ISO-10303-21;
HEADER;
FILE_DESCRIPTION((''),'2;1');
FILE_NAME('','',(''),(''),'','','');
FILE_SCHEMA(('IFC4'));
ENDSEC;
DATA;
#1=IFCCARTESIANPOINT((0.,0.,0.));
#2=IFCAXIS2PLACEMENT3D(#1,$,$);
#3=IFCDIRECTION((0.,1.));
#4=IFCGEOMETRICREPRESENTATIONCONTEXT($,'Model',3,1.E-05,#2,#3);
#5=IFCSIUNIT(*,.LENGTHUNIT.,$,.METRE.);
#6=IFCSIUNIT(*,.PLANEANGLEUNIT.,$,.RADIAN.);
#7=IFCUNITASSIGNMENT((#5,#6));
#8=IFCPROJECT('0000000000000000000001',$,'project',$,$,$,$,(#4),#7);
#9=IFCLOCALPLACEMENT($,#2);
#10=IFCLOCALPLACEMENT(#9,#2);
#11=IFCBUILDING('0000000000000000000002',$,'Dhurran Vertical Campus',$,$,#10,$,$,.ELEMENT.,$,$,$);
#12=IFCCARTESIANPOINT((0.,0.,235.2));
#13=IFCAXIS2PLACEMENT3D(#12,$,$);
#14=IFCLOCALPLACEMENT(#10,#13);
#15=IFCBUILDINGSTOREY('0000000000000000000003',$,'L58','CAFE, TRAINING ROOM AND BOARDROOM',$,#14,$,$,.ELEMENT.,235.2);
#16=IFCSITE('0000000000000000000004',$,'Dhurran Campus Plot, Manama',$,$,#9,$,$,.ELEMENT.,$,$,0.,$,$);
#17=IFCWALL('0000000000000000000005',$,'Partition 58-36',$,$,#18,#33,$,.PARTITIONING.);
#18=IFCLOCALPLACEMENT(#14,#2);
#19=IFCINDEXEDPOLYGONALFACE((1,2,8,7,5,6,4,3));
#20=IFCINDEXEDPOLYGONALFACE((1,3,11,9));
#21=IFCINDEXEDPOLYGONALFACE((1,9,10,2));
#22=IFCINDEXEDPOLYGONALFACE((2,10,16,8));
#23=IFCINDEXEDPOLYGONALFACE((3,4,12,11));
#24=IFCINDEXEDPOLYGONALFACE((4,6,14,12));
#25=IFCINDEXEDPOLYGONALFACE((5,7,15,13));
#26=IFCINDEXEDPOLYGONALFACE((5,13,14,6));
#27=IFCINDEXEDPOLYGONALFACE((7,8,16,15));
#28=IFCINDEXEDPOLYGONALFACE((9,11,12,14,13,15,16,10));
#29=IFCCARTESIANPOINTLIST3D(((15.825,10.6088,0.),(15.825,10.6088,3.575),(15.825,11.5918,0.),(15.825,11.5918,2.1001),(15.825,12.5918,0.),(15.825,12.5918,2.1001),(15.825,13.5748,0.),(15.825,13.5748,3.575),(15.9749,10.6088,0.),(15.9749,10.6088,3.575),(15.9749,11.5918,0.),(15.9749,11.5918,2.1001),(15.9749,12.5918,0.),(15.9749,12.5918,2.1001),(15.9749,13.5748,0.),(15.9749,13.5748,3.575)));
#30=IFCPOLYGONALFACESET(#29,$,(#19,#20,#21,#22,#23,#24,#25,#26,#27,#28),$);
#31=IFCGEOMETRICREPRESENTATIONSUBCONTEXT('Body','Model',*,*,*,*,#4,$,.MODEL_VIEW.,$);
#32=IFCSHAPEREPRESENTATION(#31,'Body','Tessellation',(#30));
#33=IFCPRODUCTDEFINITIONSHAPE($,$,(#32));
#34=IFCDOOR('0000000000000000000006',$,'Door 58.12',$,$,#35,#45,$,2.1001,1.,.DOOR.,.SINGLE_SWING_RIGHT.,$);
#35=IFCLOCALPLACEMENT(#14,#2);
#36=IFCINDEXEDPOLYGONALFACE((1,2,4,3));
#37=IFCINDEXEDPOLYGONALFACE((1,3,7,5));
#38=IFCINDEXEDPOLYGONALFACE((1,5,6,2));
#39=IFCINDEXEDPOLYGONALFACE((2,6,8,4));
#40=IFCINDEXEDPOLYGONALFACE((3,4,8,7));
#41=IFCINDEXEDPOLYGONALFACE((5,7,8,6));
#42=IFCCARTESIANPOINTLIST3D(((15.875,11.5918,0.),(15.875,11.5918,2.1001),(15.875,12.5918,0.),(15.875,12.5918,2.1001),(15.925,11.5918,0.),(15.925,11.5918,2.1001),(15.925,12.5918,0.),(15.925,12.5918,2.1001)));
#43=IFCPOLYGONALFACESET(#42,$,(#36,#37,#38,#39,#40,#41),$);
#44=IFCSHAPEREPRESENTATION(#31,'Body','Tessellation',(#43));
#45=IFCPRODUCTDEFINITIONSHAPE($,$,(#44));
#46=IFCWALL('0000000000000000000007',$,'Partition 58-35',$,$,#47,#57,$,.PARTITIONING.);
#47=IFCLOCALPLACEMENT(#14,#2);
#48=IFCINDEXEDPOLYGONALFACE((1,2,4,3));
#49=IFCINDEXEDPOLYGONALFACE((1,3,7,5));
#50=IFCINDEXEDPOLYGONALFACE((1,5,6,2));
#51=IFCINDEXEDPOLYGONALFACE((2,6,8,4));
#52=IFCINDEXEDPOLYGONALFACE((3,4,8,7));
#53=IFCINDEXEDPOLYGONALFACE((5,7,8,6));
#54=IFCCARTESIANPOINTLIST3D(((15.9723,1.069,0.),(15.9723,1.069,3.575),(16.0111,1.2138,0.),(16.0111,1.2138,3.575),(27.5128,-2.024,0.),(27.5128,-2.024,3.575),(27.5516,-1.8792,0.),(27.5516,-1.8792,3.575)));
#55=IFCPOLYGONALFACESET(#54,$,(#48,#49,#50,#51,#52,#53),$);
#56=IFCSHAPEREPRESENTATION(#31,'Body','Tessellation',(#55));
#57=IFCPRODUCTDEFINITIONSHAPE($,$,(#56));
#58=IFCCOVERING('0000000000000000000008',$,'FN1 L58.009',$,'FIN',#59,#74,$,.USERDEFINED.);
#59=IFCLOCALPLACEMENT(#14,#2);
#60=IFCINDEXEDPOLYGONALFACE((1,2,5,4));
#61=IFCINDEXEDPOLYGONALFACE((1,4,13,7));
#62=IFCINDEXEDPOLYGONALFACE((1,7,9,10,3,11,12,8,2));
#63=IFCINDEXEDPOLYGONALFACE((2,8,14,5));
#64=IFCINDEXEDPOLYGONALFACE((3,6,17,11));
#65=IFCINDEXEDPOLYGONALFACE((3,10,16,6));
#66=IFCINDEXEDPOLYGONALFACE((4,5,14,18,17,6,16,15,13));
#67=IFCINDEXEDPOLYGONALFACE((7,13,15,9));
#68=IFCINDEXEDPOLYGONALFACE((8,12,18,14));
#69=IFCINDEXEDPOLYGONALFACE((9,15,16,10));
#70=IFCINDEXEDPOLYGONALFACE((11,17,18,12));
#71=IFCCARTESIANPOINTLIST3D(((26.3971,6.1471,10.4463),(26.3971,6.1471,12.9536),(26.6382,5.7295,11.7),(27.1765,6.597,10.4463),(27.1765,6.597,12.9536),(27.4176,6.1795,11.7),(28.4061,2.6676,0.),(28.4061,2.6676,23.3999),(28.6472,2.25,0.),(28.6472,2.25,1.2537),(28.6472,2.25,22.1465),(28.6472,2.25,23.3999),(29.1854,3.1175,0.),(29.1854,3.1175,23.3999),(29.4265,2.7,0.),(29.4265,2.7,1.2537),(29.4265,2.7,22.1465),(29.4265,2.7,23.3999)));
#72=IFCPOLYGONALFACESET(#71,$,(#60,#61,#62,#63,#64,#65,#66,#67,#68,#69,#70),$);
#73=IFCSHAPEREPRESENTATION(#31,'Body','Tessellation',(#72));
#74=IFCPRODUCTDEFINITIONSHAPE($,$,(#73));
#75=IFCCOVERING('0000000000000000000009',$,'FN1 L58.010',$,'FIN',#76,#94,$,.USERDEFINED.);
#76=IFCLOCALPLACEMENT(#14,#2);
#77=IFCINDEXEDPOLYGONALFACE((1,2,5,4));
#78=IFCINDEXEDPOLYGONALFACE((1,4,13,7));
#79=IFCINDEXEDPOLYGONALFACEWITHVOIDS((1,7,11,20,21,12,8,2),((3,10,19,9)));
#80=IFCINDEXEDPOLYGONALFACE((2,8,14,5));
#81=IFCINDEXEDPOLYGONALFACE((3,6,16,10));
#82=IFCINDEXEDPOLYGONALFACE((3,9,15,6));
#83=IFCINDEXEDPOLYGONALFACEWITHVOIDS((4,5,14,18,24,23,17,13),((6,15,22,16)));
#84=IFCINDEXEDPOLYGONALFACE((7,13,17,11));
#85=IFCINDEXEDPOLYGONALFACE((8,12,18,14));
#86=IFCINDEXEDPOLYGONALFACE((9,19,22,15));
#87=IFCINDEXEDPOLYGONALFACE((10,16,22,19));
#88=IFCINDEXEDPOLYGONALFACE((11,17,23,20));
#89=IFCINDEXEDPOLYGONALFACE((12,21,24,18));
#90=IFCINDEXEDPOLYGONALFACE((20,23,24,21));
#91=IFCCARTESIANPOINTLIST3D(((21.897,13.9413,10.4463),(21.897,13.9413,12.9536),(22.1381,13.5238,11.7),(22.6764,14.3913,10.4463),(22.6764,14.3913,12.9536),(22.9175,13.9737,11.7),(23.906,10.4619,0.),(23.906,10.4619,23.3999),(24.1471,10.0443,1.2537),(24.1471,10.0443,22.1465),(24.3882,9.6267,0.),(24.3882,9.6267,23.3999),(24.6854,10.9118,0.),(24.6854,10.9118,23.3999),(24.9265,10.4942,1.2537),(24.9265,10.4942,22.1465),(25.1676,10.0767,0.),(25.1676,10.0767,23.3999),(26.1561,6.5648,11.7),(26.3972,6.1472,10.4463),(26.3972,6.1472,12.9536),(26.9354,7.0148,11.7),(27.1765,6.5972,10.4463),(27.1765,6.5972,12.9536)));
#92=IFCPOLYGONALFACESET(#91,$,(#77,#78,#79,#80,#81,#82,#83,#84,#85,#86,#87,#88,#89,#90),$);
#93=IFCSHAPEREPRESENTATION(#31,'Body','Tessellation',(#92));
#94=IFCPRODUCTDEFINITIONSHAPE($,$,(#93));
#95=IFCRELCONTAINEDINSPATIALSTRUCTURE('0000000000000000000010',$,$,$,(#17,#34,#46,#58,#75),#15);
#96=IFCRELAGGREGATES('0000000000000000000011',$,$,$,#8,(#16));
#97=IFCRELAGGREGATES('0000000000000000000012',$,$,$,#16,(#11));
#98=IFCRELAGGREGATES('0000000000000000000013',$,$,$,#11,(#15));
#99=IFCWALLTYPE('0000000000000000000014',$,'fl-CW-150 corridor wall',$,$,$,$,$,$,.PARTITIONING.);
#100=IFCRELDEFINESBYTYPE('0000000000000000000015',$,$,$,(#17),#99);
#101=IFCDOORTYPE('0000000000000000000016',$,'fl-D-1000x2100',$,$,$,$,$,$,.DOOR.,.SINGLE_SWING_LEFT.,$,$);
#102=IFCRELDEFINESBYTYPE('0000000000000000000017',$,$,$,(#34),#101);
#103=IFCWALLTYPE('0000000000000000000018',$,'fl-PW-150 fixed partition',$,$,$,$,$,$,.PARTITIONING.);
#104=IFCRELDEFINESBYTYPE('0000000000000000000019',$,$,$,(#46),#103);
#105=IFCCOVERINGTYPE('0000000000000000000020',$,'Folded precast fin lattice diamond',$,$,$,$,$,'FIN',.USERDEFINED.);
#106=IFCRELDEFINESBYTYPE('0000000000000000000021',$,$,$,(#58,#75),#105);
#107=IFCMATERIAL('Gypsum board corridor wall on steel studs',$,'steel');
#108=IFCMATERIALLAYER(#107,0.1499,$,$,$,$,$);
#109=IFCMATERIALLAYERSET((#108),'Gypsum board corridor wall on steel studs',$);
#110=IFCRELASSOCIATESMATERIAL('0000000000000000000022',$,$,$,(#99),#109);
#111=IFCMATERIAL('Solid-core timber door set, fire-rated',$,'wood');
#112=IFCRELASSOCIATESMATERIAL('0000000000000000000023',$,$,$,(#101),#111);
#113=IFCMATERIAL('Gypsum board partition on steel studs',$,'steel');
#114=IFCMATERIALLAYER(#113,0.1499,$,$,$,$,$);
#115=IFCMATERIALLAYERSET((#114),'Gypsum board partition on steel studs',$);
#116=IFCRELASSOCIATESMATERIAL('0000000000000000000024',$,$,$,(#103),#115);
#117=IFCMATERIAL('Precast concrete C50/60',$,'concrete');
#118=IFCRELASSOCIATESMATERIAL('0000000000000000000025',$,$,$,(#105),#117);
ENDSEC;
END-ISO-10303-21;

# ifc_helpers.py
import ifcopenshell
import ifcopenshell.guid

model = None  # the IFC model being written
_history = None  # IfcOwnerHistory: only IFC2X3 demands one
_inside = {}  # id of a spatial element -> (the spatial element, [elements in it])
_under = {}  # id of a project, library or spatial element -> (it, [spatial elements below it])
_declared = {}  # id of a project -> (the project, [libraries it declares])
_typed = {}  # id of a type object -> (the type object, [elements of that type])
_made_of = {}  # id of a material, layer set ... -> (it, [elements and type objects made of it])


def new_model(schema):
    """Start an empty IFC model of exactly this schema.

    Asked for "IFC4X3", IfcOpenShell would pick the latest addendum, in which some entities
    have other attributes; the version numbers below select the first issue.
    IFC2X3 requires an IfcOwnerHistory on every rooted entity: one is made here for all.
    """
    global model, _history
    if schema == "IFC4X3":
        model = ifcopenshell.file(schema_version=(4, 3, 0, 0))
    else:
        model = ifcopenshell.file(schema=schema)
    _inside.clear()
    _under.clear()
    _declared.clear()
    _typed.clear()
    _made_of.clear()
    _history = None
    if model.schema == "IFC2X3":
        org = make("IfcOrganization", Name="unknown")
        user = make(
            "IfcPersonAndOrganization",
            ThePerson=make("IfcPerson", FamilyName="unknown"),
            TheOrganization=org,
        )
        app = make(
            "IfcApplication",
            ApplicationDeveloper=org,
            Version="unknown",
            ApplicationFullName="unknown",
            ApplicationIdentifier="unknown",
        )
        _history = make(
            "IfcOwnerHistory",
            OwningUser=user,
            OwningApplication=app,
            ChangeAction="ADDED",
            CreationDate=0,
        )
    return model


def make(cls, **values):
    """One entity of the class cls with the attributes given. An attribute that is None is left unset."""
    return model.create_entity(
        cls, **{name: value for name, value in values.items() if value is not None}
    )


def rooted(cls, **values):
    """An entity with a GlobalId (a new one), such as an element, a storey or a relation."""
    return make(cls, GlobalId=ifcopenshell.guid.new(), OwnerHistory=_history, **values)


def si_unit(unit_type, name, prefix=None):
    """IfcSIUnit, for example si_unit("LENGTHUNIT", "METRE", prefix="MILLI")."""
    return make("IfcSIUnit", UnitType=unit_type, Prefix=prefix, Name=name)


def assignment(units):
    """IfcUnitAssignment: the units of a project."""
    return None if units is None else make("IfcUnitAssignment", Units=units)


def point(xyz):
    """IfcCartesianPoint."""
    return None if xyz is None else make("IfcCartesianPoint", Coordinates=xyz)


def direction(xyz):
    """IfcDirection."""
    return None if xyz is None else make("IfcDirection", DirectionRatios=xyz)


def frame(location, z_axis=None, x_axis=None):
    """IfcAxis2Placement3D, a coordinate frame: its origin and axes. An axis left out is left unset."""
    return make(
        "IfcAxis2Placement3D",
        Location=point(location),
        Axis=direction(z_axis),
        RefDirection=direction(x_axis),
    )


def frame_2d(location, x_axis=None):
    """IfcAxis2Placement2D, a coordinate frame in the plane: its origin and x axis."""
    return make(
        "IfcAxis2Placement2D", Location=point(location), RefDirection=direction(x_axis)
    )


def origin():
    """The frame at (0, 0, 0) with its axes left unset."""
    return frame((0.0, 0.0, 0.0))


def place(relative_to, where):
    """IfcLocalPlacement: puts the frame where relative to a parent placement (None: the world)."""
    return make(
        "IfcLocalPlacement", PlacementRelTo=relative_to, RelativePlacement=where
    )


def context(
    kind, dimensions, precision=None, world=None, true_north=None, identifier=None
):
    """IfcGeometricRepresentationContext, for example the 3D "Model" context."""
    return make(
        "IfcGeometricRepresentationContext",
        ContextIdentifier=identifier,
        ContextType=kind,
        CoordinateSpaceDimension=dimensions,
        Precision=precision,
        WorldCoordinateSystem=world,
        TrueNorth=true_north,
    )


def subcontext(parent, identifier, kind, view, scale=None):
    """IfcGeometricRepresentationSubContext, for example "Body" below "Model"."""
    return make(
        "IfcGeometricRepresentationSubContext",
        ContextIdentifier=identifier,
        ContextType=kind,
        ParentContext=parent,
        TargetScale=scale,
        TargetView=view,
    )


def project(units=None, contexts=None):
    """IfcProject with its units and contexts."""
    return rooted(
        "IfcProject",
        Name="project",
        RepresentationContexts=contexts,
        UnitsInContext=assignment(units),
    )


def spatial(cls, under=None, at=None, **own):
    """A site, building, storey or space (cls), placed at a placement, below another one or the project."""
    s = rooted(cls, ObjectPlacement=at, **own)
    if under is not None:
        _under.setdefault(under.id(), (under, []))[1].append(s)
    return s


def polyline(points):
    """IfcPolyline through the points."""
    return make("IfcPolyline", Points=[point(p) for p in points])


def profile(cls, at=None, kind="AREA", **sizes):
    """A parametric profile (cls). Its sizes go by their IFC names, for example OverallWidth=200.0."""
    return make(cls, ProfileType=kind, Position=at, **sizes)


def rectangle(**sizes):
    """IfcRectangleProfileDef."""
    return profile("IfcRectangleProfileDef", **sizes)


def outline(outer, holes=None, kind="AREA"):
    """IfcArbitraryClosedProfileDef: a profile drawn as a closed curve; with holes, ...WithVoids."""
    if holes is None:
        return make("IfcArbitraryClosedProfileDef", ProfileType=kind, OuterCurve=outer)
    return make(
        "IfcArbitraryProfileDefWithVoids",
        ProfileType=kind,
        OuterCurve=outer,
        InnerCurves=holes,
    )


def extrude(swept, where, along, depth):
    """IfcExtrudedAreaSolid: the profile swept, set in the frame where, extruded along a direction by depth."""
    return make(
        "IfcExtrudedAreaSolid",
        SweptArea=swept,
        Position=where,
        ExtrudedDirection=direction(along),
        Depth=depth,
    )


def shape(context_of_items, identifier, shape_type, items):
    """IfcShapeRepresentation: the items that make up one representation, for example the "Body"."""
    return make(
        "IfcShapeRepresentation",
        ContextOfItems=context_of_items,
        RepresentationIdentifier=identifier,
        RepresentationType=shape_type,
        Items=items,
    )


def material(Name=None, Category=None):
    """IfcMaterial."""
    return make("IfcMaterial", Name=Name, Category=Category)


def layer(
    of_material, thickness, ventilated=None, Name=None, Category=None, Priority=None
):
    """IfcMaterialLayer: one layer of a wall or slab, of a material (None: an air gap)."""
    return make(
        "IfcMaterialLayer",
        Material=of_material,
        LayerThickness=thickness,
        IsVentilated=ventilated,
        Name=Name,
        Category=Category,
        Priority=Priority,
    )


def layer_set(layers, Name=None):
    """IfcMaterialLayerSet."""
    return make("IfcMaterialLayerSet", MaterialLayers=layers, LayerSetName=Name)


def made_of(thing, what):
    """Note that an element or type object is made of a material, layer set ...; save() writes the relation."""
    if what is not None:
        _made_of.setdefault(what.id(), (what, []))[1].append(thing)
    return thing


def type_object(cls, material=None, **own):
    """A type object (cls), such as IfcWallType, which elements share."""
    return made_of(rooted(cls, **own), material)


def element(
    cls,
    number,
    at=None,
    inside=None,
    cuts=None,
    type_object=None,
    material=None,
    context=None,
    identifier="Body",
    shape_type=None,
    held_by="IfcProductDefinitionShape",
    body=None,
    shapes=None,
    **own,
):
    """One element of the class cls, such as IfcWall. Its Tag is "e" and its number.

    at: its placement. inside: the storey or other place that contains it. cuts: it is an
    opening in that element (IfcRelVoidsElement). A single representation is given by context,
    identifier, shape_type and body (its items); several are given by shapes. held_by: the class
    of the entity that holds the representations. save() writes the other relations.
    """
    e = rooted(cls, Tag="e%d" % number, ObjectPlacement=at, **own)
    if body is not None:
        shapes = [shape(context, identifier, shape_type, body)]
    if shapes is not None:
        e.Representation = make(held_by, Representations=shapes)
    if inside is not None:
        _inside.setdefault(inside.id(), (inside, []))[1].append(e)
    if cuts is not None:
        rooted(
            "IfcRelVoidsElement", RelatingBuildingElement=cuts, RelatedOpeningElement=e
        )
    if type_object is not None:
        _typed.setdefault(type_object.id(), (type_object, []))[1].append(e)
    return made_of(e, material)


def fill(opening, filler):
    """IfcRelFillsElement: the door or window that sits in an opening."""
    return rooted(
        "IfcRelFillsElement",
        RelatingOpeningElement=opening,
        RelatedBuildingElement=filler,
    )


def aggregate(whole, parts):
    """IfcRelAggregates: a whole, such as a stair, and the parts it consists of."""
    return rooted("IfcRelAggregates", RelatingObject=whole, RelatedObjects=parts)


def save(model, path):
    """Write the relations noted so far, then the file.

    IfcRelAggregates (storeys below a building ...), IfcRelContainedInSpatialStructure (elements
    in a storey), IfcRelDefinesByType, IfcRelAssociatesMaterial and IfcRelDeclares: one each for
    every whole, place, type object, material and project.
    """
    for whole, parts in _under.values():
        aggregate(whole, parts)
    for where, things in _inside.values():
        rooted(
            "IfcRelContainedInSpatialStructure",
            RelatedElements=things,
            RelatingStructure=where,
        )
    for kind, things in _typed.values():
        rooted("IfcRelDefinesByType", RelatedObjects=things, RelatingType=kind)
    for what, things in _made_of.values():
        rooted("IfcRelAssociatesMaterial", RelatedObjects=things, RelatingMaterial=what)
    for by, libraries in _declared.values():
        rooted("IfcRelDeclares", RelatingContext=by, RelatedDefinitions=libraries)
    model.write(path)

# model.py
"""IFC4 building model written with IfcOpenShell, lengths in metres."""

from ifc_helpers import new_model, si_unit, direction, frame, frame_2d, origin, place, context, subcontext, project, spatial, polyline, rectangle, outline, extrude, material, layer, layer_set, type_object, element, fill, save


model = new_model("IFC4")

# Units and contexts
model_context = context("Model", 3, precision=1e-05, world=origin(), true_north=direction((0.0, 1.0)))
body_context = subcontext(model_context, "Body", "Model", "MODEL_VIEW")
ifc_project = project(units=[si_unit("LENGTHUNIT", "METRE"), si_unit("PLANEANGLEUNIT", "RADIAN")], contexts=[model_context])

# Site, building, storey
site_placement = place(None, origin())
site = spatial("IfcSite", under=ifc_project, at=site_placement, Name="Dhurran Campus Plot, Manama", CompositionType="ELEMENT", RefElevation=0.0)
building_placement = place(site_placement, origin())
building = spatial("IfcBuilding", under=site, at=building_placement, Name="Dhurran Vertical Campus", CompositionType="ELEMENT")
storey_placement = place(building_placement, frame((0.0, 0.0, 235.2)))
storey = spatial("IfcBuildingStorey", under=building, at=storey_placement, Name="L58", Description="CAFE, TRAINING ROOM AND BOARDROOM", CompositionType="ELEMENT", Elevation=235.2)

# Wall, opening, door
ifc_material_1 = material(Name="Gypsum board corridor wall on steel studs", Category="steel")
ifc_layer_1 = layer(ifc_material_1, 0.1499)
ifc_layer_set_1 = layer_set([ifc_layer_1], Name="Gypsum board corridor wall on steel studs")
wall_type_1 = type_object("IfcWallType", Name="fl-CW-150 corridor wall", PredefinedType="PARTITIONING", material=ifc_layer_set_1)
ifc_material_2 = material(Name="Solid-core timber door set, fire-rated", Category="wood")
door_type = type_object("IfcDoorType", Name="fl-D-1000x2100", OperationType="SINGLE_SWING_LEFT", PredefinedType="DOOR", material=ifc_material_2)
wall_1_placement = place(storey_placement, frame((15.8999, 10.6089, 0.0), z_axis=(0.0, 0.0, 1.0), x_axis=(0.0, 1.0, 0.0)))
wall_1 = element("IfcWall", 1, at=wall_1_placement, inside=storey, type_object=wall_type_1, Name="Partition 58-36", PredefinedType="PARTITIONING", context=body_context, shape_type="SweptSolid", body=[
    extrude(rectangle(XDim=2.9661, YDim=0.1499, at=frame_2d((1.4829, 0.0))), origin(), (0.0, 0.0, 1.0), 3.575),
])
opening_1_placement = place(wall_1_placement, frame((0.9829, 0.0, 0.0)))
opening_1 = element("IfcOpeningElement", 2, at=opening_1_placement, cuts=wall_1, PredefinedType="OPENING", context=body_context, shape_type="SweptSolid", body=[
    extrude(rectangle(XDim=1.0, YDim=2.1001, at=frame_2d((0.5, 1.05))), frame((0.0, 0.085, 0.0), z_axis=(0.0, -1.0, 0.0), x_axis=(1.0, 0.0, 0.0)), (0.0, 0.0, 1.0), 0.1699),
])
door_1_placement = place(opening_1_placement, origin())
door_1 = element("IfcDoor", 3, at=door_1_placement, inside=storey, type_object=door_type, Name="Door 58.12", OperationType="SINGLE_SWING_RIGHT", OverallHeight=2.1001, OverallWidth=1.0, PredefinedType="DOOR", context=body_context, shape_type="SweptSolid", body=[
    extrude(rectangle(XDim=1.0, YDim=2.1001, at=frame_2d((0.5, 1.05))), frame((0.0, 0.0249, 0.0), z_axis=(0.0, -1.0, 0.0), x_axis=(1.0, 0.0, 0.0)), (0.0, 0.0, 1.0), 0.05),
])
fill(opening_1, door_1)

# Wall
ifc_material_3 = material(Name="Gypsum board partition on steel studs", Category="steel")
ifc_layer_2 = layer(ifc_material_3, 0.1499)
ifc_layer_set_2 = layer_set([ifc_layer_2], Name="Gypsum board partition on steel studs")
wall_type_2 = type_object("IfcWallType", Name="fl-PW-150 fixed partition", PredefinedType="PARTITIONING", material=ifc_layer_set_2)
wall_2_placement = place(storey_placement, frame((15.9917, 1.1414, 0.0), z_axis=(0.0, 0.0, 1.0), x_axis=(0.96591, -0.258877, 0.0)))
element("IfcWall", 4, at=wall_2_placement, inside=storey, type_object=wall_type_2, Name="Partition 58-35", PredefinedType="PARTITIONING", context=body_context, shape_type="SweptSolid", body=[
    extrude(rectangle(XDim=11.9478, YDim=0.1499, at=frame_2d((5.9739, 0.0))), origin(), (0.0, 0.0, 1.0), 3.575),
])

# Coverings
ifc_material_4 = material(Name="Precast concrete C50/60", Category="concrete")
covering_type = type_object("IfcCoveringType", Name="Folded precast fin lattice diamond", ElementType="FIN", PredefinedType="USERDEFINED", material=ifc_material_4)
covering_1_placement = place(storey_placement, frame((28.6472, 2.25, 0.0), z_axis=(0.866014, 0.50002, 0.0), x_axis=(-0.50002, 0.866014, 0.0)))
element("IfcCovering", 5, at=covering_1_placement, inside=storey, type_object=covering_type, Name="FN1 L58.009", ObjectType="FIN", PredefinedType="USERDEFINED", context=body_context, shape_type="SweptSolid", body=[
    extrude(outline(polyline([(4.5, 10.4463), (0.4822, 0.0), (0.0, 0.0), (0.0, 1.2537), (4.0178, 11.7), (0.0, 22.1465), (0.0, 23.3999), (0.4822, 23.3999), (4.5, 12.9536), (4.5, 10.4463)])), origin(), (0.0, 0.0, 1.0), 0.8999),
])
covering_2_placement = place(storey_placement, frame((26.3972, 6.1472, 0.0), z_axis=(0.866014, 0.50002, 0.0), x_axis=(-0.50002, 0.866014, 0.0)))
element("IfcCovering", 6, at=covering_2_placement, inside=storey, type_object=covering_type, Name="FN1 L58.010", ObjectType="FIN", PredefinedType="USERDEFINED", context=body_context, shape_type="SweptSolid", body=[
    extrude(outline(polyline([(9.0, 12.9536), (9.0, 10.4463), (4.9822, 0.0), (4.0178, 0.0), (0.0, 10.4463), (0.0, 12.9536), (4.0178, 23.3999), (4.9822, 23.3999), (9.0, 12.9536)]), holes=[polyline([(8.5178, 11.7), (4.5, 22.1465), (0.4822, 11.7), (4.5, 1.2537), (8.5178, 11.7)])]), origin(), (0.0, 0.0, 1.0), 0.8999),
])

save(model, "model.ifc")
